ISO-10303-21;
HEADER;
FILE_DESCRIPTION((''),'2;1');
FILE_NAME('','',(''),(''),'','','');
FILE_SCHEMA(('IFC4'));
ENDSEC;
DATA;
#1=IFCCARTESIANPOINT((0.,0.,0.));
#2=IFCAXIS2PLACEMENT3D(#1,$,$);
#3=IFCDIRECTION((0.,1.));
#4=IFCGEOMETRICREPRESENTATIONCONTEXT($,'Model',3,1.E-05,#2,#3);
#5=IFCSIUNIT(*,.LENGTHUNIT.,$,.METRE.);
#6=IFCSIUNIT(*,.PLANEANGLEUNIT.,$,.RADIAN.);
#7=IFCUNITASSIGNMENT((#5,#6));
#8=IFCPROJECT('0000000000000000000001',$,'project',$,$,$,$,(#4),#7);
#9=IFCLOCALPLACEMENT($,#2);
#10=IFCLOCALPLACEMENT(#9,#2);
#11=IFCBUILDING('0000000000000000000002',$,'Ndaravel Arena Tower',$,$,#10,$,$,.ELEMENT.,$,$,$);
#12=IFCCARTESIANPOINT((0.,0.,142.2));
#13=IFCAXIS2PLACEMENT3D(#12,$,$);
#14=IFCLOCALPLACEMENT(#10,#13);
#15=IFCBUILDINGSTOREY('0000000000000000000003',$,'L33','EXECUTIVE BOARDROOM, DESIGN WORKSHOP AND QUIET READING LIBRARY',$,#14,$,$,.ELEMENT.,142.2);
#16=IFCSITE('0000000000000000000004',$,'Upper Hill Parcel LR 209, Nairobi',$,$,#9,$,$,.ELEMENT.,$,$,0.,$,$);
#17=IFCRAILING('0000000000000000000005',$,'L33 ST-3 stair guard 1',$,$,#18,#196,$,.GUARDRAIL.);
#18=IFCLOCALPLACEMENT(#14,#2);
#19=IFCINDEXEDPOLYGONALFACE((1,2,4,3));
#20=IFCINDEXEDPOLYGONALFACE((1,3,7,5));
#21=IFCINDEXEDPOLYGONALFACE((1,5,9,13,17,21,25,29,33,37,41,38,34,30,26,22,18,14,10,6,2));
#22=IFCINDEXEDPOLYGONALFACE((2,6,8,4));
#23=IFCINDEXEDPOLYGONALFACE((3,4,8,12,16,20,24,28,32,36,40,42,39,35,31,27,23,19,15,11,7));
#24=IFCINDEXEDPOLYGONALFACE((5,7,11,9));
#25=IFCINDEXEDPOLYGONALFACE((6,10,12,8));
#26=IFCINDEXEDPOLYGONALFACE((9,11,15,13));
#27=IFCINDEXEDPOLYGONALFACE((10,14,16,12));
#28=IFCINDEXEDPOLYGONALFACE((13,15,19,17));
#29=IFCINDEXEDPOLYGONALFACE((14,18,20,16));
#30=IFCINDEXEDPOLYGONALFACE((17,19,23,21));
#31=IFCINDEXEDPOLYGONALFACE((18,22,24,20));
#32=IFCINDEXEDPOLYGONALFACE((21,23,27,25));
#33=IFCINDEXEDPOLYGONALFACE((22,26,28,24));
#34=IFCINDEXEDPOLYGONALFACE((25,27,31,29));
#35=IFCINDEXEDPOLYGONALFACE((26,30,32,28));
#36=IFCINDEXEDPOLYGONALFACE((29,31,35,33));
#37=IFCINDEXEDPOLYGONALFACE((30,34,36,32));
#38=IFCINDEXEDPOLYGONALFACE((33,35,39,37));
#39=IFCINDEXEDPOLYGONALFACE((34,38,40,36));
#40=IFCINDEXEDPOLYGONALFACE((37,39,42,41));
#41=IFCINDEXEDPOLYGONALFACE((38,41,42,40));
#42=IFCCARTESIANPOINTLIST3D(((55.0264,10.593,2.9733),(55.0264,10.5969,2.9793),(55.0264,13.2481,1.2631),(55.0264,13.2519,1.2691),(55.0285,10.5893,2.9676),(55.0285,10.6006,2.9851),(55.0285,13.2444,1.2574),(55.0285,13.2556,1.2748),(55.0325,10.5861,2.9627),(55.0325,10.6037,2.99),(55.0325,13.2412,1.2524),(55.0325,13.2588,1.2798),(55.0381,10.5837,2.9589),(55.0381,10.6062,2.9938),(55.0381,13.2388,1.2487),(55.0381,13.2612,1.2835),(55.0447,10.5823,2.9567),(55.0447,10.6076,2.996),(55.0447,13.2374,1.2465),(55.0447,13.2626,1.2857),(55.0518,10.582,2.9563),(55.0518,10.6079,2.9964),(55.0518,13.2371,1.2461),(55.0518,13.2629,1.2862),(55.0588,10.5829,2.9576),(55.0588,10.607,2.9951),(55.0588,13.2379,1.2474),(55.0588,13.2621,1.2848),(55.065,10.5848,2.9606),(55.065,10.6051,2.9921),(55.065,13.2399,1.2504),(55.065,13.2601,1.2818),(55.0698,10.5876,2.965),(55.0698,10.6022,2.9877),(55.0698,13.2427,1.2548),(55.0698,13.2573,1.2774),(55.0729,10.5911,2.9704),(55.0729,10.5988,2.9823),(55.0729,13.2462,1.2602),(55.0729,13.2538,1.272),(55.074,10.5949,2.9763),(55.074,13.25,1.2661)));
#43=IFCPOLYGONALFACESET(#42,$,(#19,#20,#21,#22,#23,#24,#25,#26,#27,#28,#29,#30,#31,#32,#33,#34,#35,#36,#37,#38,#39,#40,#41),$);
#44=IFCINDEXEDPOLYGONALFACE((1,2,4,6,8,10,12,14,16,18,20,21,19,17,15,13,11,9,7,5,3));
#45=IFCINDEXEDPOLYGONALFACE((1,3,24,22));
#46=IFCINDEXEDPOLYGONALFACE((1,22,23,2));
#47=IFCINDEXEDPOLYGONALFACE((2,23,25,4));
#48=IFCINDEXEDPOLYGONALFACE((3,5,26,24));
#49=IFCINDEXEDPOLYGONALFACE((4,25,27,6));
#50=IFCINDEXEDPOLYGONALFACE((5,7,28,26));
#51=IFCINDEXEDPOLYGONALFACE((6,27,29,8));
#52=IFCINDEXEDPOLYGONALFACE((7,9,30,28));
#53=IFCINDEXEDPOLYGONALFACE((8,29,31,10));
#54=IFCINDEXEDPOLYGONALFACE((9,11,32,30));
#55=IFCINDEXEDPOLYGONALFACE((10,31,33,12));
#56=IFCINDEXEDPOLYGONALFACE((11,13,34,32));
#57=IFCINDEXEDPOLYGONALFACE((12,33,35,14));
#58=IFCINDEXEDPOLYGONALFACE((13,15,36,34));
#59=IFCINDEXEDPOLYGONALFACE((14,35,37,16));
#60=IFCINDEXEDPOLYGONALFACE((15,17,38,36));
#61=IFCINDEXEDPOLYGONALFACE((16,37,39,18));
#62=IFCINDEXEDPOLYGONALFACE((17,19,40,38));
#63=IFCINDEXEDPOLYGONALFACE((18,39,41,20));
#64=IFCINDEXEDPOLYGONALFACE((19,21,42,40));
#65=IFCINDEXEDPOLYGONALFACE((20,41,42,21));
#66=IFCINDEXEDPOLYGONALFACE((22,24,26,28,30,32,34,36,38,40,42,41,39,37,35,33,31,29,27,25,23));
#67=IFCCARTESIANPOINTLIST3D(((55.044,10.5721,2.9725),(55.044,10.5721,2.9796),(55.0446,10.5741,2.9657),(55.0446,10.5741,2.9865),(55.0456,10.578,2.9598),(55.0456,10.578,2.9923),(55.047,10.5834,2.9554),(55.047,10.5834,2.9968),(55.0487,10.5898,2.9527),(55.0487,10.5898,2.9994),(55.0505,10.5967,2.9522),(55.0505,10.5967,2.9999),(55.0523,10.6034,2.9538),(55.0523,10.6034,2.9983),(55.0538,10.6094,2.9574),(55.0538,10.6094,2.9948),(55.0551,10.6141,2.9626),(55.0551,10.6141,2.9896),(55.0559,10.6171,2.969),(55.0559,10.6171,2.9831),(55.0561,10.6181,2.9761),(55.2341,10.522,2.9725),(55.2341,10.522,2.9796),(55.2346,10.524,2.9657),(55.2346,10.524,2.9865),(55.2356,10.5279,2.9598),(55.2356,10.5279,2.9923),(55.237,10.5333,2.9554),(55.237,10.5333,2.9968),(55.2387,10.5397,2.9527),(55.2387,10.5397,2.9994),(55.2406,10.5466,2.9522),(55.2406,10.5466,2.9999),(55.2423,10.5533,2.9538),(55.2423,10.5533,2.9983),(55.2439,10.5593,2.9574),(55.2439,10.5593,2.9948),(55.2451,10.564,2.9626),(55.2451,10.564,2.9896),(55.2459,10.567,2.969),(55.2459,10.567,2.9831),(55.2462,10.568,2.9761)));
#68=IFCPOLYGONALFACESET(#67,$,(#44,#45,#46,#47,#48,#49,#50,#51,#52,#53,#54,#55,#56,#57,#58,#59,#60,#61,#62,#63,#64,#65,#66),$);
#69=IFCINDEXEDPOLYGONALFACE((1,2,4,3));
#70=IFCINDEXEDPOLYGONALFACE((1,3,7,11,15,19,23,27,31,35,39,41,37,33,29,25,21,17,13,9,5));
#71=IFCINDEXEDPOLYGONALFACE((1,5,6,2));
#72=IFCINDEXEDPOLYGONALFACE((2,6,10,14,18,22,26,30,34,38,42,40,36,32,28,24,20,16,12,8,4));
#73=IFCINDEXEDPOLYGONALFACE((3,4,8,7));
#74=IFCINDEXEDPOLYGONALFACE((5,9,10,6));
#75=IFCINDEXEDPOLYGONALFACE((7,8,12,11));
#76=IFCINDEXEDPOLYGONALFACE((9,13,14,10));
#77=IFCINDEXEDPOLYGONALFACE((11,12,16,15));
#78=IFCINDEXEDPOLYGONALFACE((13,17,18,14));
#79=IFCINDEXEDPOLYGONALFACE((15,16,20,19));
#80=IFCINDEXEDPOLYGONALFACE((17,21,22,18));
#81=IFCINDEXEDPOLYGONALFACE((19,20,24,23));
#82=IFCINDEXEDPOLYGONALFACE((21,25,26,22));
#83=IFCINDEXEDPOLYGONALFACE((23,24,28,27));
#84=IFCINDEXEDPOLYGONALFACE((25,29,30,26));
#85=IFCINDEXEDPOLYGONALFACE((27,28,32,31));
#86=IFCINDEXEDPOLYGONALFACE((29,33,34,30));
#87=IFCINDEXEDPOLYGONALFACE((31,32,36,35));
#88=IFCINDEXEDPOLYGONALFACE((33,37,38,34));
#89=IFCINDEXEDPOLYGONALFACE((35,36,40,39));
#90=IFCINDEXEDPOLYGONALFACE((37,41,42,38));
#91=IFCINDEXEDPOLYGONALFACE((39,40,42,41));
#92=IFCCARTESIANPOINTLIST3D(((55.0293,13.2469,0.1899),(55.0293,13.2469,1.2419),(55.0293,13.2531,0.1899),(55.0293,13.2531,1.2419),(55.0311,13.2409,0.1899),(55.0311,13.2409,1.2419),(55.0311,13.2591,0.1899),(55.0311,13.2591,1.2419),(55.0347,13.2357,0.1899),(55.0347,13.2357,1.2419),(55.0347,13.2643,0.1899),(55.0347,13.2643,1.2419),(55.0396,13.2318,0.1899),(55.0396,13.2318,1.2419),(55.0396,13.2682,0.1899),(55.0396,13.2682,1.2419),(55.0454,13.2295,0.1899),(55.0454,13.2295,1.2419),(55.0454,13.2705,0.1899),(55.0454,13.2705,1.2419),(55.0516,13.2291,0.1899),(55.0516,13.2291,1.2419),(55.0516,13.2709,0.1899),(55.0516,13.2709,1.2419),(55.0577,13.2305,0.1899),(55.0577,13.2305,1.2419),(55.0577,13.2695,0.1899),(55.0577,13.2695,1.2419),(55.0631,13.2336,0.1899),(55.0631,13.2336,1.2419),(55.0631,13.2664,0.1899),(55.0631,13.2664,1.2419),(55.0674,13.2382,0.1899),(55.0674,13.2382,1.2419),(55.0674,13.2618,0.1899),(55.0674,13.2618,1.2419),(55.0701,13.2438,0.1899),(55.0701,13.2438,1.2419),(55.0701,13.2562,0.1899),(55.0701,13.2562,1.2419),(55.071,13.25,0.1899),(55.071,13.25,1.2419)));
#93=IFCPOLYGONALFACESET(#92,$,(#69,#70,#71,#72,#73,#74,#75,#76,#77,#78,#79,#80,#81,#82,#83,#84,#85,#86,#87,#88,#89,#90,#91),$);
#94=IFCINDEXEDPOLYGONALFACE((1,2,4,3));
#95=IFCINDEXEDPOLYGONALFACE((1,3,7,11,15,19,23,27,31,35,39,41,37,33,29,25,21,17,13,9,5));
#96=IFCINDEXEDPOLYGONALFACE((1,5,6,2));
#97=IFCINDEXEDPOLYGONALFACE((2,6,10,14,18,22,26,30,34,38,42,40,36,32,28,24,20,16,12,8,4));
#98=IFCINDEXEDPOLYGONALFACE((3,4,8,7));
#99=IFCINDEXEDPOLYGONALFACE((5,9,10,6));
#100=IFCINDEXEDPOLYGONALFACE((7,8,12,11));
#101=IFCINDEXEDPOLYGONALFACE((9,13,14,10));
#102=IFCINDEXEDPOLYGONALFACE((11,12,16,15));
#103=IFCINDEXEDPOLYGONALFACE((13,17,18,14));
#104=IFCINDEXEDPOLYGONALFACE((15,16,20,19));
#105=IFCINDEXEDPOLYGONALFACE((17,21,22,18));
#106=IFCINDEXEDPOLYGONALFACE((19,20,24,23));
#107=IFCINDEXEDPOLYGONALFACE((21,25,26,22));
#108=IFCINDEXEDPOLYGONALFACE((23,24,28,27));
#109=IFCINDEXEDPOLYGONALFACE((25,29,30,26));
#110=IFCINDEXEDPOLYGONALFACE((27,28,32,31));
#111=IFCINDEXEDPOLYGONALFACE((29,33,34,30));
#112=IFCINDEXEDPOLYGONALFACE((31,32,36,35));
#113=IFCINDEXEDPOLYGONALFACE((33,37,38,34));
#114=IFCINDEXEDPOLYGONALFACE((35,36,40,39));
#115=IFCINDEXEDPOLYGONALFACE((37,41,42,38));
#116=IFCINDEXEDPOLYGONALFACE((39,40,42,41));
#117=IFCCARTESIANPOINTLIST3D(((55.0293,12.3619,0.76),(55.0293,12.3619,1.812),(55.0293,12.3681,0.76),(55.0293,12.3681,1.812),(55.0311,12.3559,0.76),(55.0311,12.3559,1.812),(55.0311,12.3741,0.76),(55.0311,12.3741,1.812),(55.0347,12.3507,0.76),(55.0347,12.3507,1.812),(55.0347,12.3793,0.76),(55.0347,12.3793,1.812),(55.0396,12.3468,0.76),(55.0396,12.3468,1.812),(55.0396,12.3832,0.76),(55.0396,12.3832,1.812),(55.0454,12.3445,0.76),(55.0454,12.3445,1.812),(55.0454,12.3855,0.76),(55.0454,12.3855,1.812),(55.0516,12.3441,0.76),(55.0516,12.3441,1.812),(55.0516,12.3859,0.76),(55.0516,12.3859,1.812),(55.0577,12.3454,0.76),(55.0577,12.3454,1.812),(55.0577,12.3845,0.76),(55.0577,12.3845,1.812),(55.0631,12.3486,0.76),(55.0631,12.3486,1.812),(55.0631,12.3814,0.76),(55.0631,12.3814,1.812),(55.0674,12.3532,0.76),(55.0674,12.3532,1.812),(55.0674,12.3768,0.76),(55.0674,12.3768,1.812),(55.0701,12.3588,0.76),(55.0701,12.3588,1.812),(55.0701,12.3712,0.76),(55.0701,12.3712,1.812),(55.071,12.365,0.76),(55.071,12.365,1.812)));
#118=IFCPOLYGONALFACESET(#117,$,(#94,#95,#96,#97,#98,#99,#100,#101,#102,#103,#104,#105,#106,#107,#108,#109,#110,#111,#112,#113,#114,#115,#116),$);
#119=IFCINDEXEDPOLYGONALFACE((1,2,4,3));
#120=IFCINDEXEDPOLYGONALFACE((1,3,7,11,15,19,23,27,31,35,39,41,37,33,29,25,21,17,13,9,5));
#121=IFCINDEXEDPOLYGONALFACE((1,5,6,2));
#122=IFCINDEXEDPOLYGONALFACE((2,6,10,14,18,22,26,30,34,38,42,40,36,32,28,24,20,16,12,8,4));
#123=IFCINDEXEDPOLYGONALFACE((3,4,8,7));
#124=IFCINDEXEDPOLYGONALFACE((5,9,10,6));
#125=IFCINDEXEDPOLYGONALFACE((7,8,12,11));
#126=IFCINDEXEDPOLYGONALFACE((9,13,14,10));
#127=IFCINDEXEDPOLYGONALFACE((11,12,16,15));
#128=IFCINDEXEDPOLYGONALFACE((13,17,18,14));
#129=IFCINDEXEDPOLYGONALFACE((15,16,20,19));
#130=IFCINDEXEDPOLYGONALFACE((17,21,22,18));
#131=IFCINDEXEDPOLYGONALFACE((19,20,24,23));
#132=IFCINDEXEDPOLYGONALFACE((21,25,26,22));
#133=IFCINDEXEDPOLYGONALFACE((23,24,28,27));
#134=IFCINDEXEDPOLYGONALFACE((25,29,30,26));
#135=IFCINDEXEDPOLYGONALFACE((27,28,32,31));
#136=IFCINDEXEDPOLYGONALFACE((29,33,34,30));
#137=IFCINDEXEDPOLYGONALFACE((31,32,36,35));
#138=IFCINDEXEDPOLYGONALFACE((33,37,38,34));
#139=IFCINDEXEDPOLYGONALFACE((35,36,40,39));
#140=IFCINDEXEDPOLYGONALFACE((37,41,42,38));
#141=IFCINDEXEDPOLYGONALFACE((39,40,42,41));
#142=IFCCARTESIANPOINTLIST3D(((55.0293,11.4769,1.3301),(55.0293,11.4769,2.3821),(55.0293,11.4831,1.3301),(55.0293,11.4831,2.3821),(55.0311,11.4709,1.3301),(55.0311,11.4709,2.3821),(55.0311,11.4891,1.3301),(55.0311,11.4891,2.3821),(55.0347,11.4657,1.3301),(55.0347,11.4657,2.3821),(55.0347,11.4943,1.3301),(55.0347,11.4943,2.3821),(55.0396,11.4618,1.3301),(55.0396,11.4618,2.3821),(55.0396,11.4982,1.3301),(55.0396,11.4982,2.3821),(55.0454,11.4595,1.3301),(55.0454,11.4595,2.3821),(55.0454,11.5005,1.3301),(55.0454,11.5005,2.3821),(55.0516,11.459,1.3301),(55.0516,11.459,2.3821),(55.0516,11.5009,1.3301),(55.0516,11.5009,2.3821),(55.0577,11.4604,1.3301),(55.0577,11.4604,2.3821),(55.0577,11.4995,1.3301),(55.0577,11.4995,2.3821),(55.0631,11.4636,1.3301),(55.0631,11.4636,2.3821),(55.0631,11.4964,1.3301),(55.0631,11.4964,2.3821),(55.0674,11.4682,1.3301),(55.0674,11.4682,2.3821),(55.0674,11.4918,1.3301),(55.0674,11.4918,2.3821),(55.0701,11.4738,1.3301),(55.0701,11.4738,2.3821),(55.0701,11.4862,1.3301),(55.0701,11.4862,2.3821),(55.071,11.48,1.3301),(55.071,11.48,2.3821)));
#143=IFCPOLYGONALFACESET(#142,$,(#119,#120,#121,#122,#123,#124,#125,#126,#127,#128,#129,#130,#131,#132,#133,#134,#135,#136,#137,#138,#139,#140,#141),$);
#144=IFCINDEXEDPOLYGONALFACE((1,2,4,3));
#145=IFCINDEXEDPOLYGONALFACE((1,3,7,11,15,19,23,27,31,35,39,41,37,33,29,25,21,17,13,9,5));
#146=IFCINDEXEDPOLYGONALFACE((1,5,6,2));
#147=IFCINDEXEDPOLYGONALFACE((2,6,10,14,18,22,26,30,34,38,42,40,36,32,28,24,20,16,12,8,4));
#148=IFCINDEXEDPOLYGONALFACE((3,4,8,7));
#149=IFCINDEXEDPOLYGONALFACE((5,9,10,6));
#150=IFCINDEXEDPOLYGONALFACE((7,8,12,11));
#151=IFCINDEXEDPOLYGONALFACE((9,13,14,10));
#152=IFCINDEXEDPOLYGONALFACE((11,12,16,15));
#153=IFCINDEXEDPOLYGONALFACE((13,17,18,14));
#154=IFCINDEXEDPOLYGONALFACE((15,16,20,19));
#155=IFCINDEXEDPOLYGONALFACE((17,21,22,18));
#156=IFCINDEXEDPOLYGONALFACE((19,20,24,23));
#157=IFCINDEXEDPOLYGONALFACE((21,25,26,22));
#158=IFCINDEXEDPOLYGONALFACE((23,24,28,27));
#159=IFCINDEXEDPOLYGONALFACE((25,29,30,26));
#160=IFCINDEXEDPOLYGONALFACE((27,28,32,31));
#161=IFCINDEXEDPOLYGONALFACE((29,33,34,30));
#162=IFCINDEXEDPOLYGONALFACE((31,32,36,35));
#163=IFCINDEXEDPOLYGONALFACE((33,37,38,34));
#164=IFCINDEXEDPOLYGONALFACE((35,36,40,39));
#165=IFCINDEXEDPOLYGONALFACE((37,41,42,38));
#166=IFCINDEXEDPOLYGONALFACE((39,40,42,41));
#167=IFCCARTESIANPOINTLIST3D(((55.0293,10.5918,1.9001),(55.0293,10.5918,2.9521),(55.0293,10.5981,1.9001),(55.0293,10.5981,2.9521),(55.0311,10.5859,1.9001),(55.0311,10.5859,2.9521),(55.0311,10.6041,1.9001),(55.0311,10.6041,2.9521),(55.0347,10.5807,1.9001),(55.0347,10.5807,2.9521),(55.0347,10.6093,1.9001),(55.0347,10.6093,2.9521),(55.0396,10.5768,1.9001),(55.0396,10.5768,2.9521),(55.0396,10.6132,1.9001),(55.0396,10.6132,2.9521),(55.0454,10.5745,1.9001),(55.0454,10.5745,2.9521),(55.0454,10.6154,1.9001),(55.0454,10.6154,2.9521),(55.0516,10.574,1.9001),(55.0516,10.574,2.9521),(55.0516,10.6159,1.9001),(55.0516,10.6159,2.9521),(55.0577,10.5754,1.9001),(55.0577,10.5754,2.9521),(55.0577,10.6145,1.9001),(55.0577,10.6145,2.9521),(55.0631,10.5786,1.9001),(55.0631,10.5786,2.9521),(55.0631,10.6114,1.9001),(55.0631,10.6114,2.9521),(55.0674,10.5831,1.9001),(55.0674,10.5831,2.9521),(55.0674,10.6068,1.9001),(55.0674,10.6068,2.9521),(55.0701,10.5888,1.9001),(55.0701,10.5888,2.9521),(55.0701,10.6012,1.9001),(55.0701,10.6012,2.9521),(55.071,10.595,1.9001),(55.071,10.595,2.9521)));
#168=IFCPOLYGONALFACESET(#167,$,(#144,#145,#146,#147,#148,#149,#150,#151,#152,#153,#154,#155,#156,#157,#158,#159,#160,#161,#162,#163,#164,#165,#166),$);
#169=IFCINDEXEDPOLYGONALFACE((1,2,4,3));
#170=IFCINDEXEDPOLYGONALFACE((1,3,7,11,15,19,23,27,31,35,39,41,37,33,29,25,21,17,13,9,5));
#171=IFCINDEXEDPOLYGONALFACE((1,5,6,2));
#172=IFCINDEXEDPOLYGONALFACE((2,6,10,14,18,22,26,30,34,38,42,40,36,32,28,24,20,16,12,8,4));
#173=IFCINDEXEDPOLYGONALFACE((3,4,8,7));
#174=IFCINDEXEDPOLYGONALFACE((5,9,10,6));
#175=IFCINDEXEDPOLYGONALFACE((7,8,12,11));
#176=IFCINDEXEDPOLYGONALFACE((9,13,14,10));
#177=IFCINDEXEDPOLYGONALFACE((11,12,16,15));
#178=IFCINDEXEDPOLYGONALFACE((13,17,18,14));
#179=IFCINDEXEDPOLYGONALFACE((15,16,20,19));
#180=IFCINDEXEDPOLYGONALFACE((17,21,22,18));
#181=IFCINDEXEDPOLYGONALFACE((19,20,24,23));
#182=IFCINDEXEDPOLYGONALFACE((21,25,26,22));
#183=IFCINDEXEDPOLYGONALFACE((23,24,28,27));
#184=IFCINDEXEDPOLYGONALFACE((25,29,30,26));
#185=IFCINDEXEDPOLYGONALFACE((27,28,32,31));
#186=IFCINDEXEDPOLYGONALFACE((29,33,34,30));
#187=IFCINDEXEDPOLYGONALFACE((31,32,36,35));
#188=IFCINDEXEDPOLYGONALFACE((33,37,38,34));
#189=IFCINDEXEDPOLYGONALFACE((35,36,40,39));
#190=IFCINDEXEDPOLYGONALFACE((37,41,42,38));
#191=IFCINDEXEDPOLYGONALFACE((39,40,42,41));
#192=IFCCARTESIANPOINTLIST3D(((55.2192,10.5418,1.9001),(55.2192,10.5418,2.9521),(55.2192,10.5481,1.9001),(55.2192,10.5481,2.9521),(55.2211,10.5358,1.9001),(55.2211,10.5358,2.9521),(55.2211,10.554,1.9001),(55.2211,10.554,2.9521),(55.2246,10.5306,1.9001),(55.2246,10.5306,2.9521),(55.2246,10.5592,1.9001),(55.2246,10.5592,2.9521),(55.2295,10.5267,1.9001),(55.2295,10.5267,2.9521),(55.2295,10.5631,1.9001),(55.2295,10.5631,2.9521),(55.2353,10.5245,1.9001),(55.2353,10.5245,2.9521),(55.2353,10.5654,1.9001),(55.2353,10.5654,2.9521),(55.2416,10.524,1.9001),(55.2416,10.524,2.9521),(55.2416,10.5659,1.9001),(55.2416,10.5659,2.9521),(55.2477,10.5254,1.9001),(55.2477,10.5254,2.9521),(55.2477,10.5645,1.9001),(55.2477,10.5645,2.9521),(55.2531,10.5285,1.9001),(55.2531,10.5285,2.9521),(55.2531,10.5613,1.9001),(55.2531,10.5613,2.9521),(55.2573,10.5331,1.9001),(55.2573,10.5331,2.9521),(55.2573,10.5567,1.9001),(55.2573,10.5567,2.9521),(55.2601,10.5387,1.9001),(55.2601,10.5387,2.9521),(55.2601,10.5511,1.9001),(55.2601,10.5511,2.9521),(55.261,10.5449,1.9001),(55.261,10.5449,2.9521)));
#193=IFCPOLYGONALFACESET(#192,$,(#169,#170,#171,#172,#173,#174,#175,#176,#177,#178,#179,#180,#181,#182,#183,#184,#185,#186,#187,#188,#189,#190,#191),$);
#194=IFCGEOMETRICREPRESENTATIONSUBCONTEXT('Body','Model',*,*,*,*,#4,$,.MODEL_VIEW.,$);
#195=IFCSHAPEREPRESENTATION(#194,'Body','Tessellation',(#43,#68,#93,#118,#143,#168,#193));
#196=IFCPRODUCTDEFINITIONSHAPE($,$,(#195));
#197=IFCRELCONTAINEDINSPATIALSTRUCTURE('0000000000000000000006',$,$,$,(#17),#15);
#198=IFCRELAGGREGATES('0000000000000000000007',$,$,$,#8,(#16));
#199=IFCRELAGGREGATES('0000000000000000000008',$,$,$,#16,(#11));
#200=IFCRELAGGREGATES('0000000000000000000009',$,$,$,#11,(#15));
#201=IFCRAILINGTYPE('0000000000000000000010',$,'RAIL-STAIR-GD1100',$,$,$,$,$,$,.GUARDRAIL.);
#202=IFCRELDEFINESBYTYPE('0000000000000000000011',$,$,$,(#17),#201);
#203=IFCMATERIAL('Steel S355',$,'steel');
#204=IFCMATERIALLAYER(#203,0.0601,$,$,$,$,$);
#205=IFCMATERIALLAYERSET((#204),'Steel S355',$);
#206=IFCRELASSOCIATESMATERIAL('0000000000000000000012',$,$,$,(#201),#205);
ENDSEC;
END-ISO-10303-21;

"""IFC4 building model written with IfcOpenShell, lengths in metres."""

from ifc_helpers import new_model, si_unit, direction, frame, origin, origin_2d, place, context, subcontext, project, spatial, circle, extrude, material, layer, layer_set, type_object, element, save


model = new_model("IFC4")

# Units and contexts
model_context = context("Model", 3, precision=1e-05, world=origin(), true_north=direction((0.0, 1.0)))
body_context = subcontext(model_context, "Body", "Model", "MODEL_VIEW")
ifc_project = project(units=[si_unit("LENGTHUNIT", "METRE"), si_unit("PLANEANGLEUNIT", "RADIAN")], contexts=[model_context])

# Site, building, storey
site_placement = place(None, origin())
site = spatial("IfcSite", under=ifc_project, at=site_placement, Name="Upper Hill Parcel LR 209, Nairobi", CompositionType="ELEMENT", RefElevation=0.0)
building_placement = place(site_placement, origin())
building = spatial("IfcBuilding", under=site, at=building_placement, Name="Ndaravel Arena Tower", CompositionType="ELEMENT")
storey_placement = place(building_placement, frame((0.0, 0.0, 142.2)))
storey = spatial("IfcBuildingStorey", under=building, at=storey_placement, Name="L33", Description="EXECUTIVE BOARDROOM, DESIGN WORKSHOP AND QUIET READING LIBRARY", CompositionType="ELEMENT", Elevation=142.2)

# Railing
ifc_material_1 = material(Name="Steel S355", Category="steel")
ifc_layer_1 = layer(ifc_material_1, 0.0601)
ifc_layer_set_1 = layer_set([ifc_layer_1], Name="Steel S355")
railing_type_1 = type_object("IfcRailingType", Name="RAIL-STAIR-GD1100", PredefinedType="GUARDRAIL", material=ifc_layer_set_1)
railing_1_placement = place(storey_placement, frame((55.05, 13.25, 0.1899)))
element("IfcRailing", 1, at=railing_1_placement, inside=storey, type_object=railing_type_1, Name="L33 ST-3 stair guard 1", PredefinedType="GUARDRAIL", context=body_context, shape_type="SweptSolid", body=[
    extrude(circle(Radius=0.0239, at=origin_2d()), frame((0.0, 0.0, 1.0762), z_axis=(0.0, -0.840688, 0.541519), x_axis=(1.0, 0.0, 0.0)), (0.0, 0.0, 1.0), 3.1582),
    extrude(circle(Radius=0.0239, at=origin_2d()), frame((0.0, -2.655, 2.7861), z_axis=(0.966994, -0.254799, 0.0), x_axis=(0.254799, 0.966994, 0.0)), (0.0, 0.0, 1.0), 0.1965),
    extrude(circle(Radius=0.021, at=origin_2d()), origin(), (0.0, 0.0, 1.0), 1.052),
    extrude(circle(Radius=0.021, at=origin_2d()), frame((0.0, -0.885, 0.5701)), (0.0, 0.0, 1.0), 1.052),
    extrude(circle(Radius=0.021, at=origin_2d()), frame((0.0, -1.77, 1.1401)), (0.0, 0.0, 1.0), 1.052),
    extrude(circle(Radius=0.021, at=origin_2d()), frame((0.0, -2.655, 1.7102)), (0.0, 0.0, 1.0), 1.052),
    extrude(circle(Radius=0.021, at=origin_2d()), frame((0.1899, -2.7051, 1.7102)), (0.0, 0.0, 1.0), 1.052),
])

save(model, "model.ifc")
